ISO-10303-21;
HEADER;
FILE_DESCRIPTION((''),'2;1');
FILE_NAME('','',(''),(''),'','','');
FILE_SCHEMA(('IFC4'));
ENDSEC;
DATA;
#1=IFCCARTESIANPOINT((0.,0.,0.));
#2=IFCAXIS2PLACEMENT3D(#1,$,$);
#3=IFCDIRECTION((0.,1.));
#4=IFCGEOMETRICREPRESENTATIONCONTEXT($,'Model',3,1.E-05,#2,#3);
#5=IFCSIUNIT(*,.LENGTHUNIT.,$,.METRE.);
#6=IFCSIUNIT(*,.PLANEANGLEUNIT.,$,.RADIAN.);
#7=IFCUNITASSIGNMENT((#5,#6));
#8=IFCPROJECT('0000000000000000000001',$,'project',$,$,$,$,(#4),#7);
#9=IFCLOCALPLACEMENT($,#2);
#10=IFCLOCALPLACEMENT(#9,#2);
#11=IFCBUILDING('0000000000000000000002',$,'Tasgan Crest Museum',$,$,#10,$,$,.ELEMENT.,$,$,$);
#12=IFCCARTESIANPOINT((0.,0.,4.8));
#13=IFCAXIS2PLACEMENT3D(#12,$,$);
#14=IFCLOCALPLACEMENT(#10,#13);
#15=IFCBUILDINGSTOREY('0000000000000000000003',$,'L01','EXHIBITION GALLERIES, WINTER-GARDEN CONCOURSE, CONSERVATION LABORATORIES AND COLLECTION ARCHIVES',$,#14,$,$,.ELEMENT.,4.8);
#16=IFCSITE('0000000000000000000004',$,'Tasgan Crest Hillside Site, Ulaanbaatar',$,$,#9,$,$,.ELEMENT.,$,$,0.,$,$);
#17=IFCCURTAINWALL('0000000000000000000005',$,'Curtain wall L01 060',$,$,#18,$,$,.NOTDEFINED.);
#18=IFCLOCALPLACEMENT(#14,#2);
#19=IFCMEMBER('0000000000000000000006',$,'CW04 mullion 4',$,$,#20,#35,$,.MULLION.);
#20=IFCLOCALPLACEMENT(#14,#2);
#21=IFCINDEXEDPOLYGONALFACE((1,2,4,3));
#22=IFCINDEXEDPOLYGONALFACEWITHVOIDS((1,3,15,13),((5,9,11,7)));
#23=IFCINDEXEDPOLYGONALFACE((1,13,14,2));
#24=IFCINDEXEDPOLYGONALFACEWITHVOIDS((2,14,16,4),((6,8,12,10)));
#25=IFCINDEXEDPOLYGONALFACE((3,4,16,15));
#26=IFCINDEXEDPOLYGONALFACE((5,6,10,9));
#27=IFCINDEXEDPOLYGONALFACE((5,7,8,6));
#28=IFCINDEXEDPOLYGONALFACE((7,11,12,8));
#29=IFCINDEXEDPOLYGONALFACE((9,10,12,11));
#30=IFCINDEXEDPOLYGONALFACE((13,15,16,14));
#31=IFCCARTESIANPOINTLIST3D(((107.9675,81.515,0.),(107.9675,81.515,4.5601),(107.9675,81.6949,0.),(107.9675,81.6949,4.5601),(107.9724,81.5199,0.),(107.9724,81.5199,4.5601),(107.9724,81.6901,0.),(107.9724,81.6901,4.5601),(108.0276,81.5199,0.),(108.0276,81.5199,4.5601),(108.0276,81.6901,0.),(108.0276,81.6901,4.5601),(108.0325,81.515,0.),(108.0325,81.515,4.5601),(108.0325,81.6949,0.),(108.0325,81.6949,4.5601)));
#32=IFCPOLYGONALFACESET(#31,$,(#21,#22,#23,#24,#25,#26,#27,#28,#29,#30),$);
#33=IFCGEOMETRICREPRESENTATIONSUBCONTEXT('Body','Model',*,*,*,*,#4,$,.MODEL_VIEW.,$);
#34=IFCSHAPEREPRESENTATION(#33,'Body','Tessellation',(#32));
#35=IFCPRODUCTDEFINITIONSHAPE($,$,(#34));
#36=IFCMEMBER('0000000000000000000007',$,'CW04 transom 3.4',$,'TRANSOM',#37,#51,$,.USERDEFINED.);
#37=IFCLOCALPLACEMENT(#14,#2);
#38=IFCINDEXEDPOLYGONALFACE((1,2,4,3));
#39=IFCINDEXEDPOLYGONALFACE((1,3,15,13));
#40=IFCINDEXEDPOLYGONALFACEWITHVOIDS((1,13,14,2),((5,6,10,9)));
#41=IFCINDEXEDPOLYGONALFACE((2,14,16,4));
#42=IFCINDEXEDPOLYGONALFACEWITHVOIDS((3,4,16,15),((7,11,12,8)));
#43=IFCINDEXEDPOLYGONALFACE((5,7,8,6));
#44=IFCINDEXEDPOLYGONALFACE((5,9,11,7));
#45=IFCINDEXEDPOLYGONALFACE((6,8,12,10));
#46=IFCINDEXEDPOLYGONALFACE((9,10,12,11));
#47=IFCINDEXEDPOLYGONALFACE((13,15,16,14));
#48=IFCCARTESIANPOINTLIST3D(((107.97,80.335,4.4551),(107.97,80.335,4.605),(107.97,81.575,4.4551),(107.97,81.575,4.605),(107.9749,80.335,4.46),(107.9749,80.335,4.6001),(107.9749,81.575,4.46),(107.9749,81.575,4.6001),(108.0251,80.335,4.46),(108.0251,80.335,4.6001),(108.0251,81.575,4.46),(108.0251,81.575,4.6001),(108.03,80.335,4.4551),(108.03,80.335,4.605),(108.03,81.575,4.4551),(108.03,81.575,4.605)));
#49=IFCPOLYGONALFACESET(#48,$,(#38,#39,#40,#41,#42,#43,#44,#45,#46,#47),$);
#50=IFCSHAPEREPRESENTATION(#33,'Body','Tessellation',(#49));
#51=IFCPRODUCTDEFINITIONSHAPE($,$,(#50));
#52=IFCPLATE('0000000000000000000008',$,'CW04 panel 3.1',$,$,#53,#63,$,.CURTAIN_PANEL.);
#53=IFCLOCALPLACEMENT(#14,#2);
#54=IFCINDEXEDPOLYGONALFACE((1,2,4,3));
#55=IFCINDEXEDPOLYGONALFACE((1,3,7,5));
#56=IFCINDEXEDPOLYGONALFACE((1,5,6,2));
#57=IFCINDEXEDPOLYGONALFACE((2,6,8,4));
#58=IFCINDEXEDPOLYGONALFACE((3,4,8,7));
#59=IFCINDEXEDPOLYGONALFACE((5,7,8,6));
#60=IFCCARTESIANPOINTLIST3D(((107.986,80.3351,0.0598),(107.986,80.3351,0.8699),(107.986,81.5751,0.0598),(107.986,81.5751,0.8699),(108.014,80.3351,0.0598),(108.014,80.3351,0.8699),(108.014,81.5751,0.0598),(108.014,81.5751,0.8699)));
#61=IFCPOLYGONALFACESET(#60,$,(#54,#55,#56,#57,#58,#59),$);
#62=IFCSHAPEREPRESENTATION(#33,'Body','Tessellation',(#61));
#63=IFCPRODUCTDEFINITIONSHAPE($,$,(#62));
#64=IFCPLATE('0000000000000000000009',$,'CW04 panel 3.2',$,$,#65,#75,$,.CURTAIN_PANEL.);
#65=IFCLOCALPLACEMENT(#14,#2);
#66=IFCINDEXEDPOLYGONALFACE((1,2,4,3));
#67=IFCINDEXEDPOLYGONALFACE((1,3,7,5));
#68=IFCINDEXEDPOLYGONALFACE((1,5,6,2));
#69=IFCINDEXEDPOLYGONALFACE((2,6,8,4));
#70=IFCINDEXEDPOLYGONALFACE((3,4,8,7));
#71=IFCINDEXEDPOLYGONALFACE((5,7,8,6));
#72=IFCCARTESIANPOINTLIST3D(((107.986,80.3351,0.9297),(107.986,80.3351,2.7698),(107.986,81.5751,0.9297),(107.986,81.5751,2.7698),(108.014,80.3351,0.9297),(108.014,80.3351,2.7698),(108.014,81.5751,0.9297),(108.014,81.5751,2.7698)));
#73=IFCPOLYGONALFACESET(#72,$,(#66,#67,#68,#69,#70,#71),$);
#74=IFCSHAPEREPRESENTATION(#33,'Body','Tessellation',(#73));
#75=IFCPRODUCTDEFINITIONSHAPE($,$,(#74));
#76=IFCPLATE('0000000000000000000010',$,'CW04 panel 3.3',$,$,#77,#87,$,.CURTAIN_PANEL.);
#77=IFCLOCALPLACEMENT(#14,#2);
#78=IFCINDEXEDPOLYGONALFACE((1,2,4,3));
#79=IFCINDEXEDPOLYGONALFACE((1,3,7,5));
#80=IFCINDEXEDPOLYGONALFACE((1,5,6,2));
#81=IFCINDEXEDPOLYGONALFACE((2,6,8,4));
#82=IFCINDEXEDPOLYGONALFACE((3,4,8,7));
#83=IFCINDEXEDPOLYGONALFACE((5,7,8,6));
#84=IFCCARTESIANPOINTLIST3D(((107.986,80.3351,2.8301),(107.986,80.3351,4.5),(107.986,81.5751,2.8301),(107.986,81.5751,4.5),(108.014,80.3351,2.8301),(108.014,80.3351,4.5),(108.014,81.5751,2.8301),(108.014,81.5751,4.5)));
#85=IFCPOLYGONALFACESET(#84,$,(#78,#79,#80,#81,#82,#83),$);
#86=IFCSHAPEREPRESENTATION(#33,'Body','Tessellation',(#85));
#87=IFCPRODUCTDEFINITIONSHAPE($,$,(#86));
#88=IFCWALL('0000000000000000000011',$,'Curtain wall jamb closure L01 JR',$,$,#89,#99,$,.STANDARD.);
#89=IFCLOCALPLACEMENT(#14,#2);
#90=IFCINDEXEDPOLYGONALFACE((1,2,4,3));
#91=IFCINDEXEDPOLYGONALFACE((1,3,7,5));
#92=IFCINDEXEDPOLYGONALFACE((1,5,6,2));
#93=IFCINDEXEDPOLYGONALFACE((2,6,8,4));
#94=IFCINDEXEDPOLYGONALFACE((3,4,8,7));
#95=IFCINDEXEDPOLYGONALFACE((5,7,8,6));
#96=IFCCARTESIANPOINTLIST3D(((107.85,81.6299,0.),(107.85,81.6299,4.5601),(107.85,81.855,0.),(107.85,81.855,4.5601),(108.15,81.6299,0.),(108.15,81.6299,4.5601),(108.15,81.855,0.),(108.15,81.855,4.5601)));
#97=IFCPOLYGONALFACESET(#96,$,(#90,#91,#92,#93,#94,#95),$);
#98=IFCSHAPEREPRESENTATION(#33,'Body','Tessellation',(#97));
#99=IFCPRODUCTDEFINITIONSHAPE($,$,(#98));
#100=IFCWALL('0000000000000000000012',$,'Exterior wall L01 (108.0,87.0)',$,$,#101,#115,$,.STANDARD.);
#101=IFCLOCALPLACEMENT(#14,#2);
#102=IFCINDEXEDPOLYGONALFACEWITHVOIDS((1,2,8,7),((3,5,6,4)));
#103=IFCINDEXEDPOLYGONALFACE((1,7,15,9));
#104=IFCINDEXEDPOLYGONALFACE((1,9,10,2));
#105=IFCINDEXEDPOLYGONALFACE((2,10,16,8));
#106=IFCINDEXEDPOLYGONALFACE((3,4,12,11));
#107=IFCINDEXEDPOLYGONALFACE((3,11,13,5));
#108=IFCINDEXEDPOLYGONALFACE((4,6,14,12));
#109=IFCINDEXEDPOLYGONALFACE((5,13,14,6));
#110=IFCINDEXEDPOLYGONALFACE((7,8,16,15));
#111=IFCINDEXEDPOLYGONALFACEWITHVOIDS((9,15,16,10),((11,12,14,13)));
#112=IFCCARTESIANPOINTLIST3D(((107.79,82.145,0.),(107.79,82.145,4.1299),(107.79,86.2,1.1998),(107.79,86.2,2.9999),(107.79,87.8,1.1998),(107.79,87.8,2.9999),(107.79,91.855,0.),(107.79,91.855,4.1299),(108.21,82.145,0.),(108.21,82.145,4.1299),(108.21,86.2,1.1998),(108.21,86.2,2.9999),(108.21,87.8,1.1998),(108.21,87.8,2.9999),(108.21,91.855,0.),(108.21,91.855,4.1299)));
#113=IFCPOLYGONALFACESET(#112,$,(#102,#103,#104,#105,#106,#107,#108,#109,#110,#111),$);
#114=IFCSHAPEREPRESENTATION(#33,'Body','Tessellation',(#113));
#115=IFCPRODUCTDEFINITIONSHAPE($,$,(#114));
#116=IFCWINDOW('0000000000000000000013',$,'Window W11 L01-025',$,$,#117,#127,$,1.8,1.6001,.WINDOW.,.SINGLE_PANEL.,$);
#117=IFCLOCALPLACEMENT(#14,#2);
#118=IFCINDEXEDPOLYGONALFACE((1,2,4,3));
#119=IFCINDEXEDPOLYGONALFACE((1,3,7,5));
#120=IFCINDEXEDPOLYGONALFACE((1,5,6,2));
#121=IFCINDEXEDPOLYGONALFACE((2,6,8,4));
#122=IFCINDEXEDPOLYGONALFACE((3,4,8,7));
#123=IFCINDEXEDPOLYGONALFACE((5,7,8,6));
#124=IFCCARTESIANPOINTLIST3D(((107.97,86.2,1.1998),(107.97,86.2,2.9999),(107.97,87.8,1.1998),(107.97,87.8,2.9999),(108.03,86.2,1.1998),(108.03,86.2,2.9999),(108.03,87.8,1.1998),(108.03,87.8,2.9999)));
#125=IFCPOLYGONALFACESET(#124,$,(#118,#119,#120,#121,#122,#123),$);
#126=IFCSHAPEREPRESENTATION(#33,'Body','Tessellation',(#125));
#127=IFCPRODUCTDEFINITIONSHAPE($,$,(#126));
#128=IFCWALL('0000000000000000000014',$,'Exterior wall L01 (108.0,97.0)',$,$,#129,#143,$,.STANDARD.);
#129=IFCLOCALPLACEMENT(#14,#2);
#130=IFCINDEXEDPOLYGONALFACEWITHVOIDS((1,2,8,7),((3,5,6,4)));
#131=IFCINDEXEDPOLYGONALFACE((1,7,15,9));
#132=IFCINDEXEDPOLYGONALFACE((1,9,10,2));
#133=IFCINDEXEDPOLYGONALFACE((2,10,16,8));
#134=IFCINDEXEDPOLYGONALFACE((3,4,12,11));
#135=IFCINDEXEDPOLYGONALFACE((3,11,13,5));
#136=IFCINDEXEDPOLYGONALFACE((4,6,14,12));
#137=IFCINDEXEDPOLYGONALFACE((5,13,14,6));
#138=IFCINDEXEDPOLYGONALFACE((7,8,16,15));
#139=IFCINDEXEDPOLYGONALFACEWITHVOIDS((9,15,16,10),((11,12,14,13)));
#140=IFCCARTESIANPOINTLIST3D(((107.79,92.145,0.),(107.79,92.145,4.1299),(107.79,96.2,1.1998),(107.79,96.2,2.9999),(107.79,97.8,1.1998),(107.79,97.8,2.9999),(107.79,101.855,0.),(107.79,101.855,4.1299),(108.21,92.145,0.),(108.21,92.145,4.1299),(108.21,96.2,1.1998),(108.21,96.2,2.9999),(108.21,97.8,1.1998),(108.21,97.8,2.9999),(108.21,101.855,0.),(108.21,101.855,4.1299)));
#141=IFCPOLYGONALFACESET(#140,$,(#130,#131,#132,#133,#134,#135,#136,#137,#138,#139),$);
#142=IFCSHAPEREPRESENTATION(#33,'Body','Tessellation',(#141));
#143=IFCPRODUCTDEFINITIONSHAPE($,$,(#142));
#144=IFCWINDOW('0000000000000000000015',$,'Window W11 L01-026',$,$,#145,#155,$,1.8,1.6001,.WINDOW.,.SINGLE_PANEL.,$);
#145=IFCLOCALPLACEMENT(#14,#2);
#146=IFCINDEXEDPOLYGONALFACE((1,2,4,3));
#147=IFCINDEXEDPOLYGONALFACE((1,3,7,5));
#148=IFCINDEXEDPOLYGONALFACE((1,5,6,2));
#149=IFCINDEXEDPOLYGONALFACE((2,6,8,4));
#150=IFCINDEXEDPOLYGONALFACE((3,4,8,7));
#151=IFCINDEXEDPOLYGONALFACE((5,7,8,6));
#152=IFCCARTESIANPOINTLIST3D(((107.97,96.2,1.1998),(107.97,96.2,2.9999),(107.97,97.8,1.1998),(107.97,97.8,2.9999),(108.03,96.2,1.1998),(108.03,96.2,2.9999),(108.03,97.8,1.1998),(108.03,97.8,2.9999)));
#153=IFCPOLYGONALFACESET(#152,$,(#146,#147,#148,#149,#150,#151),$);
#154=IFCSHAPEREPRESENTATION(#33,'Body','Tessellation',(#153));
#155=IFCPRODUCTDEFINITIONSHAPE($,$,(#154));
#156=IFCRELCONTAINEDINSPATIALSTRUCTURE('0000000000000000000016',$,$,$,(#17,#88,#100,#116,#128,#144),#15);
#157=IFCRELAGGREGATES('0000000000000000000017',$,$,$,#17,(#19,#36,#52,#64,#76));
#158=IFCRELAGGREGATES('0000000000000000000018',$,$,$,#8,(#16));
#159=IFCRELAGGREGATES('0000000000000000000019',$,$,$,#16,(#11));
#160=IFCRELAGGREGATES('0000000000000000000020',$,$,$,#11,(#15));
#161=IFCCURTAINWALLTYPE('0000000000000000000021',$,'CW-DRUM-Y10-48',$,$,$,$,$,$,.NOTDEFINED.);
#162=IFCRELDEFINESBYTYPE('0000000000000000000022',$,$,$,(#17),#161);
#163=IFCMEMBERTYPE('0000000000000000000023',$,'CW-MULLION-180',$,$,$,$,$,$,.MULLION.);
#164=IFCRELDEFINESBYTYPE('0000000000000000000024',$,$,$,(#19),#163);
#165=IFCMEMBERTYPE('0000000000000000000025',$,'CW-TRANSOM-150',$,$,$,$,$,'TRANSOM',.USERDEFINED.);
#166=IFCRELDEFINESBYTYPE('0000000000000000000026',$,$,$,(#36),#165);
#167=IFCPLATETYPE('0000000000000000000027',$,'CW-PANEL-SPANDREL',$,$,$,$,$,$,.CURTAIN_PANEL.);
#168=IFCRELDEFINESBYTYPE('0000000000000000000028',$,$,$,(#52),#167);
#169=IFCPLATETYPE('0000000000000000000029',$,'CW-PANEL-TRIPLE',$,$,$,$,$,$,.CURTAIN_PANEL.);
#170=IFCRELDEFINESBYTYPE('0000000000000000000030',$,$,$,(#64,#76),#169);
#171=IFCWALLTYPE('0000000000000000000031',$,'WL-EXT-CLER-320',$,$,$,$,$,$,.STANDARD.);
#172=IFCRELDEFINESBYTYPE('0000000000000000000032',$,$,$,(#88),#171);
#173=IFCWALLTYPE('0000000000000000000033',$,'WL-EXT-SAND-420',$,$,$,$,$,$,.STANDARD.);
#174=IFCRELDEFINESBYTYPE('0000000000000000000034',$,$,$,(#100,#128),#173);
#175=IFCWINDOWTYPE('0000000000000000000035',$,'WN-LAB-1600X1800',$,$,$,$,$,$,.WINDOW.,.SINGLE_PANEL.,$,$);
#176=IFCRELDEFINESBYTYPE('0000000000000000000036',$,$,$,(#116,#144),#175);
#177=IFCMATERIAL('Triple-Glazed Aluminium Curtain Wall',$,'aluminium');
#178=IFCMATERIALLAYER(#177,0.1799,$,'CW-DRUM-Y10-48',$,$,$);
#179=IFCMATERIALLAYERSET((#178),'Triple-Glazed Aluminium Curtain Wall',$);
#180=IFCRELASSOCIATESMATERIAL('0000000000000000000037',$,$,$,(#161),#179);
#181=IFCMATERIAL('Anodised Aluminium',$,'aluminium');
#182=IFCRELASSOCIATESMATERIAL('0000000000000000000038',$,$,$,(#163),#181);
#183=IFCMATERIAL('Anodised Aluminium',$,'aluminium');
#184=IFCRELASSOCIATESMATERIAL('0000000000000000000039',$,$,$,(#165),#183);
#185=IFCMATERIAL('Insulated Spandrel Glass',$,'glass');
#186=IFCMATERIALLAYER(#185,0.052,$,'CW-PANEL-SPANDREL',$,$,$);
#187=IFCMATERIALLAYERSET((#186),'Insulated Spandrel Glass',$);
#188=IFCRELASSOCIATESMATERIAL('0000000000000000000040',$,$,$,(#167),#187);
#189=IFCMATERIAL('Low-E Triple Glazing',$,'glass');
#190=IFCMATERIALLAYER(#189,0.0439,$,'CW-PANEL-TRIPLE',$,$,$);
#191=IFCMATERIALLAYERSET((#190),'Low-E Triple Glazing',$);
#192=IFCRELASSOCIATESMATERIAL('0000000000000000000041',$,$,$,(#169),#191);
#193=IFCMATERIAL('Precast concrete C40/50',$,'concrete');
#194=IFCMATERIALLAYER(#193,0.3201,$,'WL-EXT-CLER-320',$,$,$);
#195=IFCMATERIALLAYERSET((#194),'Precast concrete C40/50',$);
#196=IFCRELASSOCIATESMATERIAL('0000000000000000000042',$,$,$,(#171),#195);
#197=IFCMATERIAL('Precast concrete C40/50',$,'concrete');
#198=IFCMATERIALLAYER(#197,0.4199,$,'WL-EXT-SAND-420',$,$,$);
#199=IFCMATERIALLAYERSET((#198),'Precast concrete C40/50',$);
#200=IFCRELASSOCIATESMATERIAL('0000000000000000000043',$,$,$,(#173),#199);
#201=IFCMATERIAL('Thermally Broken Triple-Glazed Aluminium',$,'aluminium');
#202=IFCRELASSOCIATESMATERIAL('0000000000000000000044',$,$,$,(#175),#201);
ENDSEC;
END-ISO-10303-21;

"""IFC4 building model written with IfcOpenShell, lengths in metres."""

from ifc_helpers import new_model, si_unit, direction, frame, frame_2d, origin, origin_2d, place, context, subcontext, project, spatial, rectangle, hollow_rectangle, extrude, material, layer, layer_set, material_profile, profile_set, type_object, element, fill, aggregate, save


model = new_model("IFC4")

# Units and contexts
model_context = context("Model", 3, precision=1e-05, world=origin(), true_north=direction((0.0, 1.0)))
body_context = subcontext(model_context, "Body", "Model", "MODEL_VIEW")
ifc_project = project(units=[si_unit("LENGTHUNIT", "METRE"), si_unit("PLANEANGLEUNIT", "RADIAN")], contexts=[model_context])

# Site, building, storey
site_placement = place(None, origin())
site = spatial("IfcSite", under=ifc_project, at=site_placement, Name="Tasgan Crest Hillside Site, Ulaanbaatar", CompositionType="ELEMENT", RefElevation=0.0)
building_placement = place(site_placement, origin())
building = spatial("IfcBuilding", under=site, at=building_placement, Name="Tasgan Crest Museum", CompositionType="ELEMENT")
storey_placement = place(building_placement, frame((0.0, 0.0, 4.8)))
storey = spatial("IfcBuildingStorey", under=building, at=storey_placement, Name="L01", Description="EXHIBITION GALLERIES, WINTER-GARDEN CONCOURSE, CONSERVATION LABORATORIES AND COLLECTION ARCHIVES", CompositionType="ELEMENT", Elevation=4.8)

# Curtain wall, members, plates
ifc_material_1 = material(Name="Triple-Glazed Aluminium Curtain Wall", Category="aluminium")
ifc_layer_1 = layer(ifc_material_1, 0.1799, Name="CW-DRUM-Y10-48")
ifc_layer_set_1 = layer_set([ifc_layer_1], Name="Triple-Glazed Aluminium Curtain Wall")
curtain_wall_type = type_object("IfcCurtainWallType", Name="CW-DRUM-Y10-48", PredefinedType="NOTDEFINED", material=ifc_layer_set_1)
curtain_wall_placement = place(storey_placement, origin())
curtain_wall = element("IfcCurtainWall", 1, at=curtain_wall_placement, inside=storey, type_object=curtain_wall_type, Name="Curtain wall L01 060", PredefinedType="NOTDEFINED")
ifc_material_2 = material(Name="Anodised Aluminium", Category="aluminium")
ifc_material_profile_1 = material_profile(ifc_material_2, hollow_rectangle(XDim=0.0649, YDim=0.1799, WallThickness=0.0049, at=origin_2d()), Name="ALU MULLION 180x65x5")
ifc_profile_set_1 = profile_set([ifc_material_profile_1], Name="Anodised Aluminium")
member_type_1 = type_object("IfcMemberType", Name="CW-MULLION-180", PredefinedType="MULLION", material=ifc_profile_set_1)
member_1_placement = place(storey_placement, frame((108.0, 81.605, 0.0), z_axis=(0.0, 0.0, 1.0), x_axis=(-1.0, 0.0, 0.0)))
member_1 = element("IfcMember", 2, at=member_1_placement, type_object=member_type_1, Name="CW04 mullion 4", PredefinedType="MULLION", context=body_context, shape_type="SweptSolid", body=[
    extrude(hollow_rectangle(XDim=0.0649, YDim=0.1799, WallThickness=0.0049, at=origin_2d()), origin(), (0.0, 0.0, 1.0), 4.5601),
])
ifc_material_3 = material(Name="Anodised Aluminium", Category="aluminium")
ifc_material_profile_2 = material_profile(ifc_material_3, hollow_rectangle(XDim=0.0601, YDim=0.1499, WallThickness=0.0049, at=origin_2d()), Name="ALU TRANSOM 150x60x5")
ifc_profile_set_2 = profile_set([ifc_material_profile_2], Name="Anodised Aluminium")
member_type_2 = type_object("IfcMemberType", Name="CW-TRANSOM-150", ElementType="TRANSOM", PredefinedType="USERDEFINED", material=ifc_profile_set_2)
member_2_placement = place(storey_placement, frame((108.0, 80.335, 4.53), z_axis=(0.0, 1.0, 0.0), x_axis=(-1.0, 0.0, 0.0)))
member_2 = element("IfcMember", 3, at=member_2_placement, type_object=member_type_2, Name="CW04 transom 3.4", ObjectType="TRANSOM", PredefinedType="USERDEFINED", context=body_context, shape_type="SweptSolid", body=[
    extrude(hollow_rectangle(XDim=0.0601, YDim=0.1499, WallThickness=0.0049, at=origin_2d()), origin(), (0.0, 0.0, 1.0), 1.24),
])
ifc_material_4 = material(Name="Insulated Spandrel Glass", Category="glass")
ifc_layer_2 = layer(ifc_material_4, 0.052, Name="CW-PANEL-SPANDREL")
ifc_layer_set_2 = layer_set([ifc_layer_2], Name="Insulated Spandrel Glass")
plate_type_1 = type_object("IfcPlateType", Name="CW-PANEL-SPANDREL", PredefinedType="CURTAIN_PANEL", material=ifc_layer_set_2)
plate_1_placement = place(storey_placement, frame((108.0, 80.9551, 0.0598), z_axis=(0.0, 0.0, 1.0), x_axis=(0.0, 1.0, 0.0)))
plate_1 = element("IfcPlate", 4, at=plate_1_placement, type_object=plate_type_1, Name="CW04 panel 3.1", PredefinedType="CURTAIN_PANEL", context=body_context, shape_type="SweptSolid", body=[
    extrude(rectangle(XDim=1.24, YDim=0.0281, at=origin_2d()), origin(), (0.0, 0.0, 1.0), 0.8101),
])
ifc_material_5 = material(Name="Low-E Triple Glazing", Category="glass")
ifc_layer_3 = layer(ifc_material_5, 0.0439, Name="CW-PANEL-TRIPLE")
ifc_layer_set_3 = layer_set([ifc_layer_3], Name="Low-E Triple Glazing")
plate_type_2 = type_object("IfcPlateType", Name="CW-PANEL-TRIPLE", PredefinedType="CURTAIN_PANEL", material=ifc_layer_set_3)
plate_2_placement = place(storey_placement, frame((108.0, 80.9551, 0.9297), z_axis=(0.0, 0.0, 1.0), x_axis=(0.0, 1.0, 0.0)))
plate_2 = element("IfcPlate", 5, at=plate_2_placement, type_object=plate_type_2, Name="CW04 panel 3.2", PredefinedType="CURTAIN_PANEL", context=body_context, shape_type="SweptSolid", body=[
    extrude(rectangle(XDim=1.24, YDim=0.0281, at=origin_2d()), origin(), (0.0, 0.0, 1.0), 1.8401),
])
plate_3_placement = place(storey_placement, frame((108.0, 80.9551, 2.8301), z_axis=(0.0, 0.0, 1.0), x_axis=(0.0, 1.0, 0.0)))
plate_3 = element("IfcPlate", 6, at=plate_3_placement, type_object=plate_type_2, Name="CW04 panel 3.3", PredefinedType="CURTAIN_PANEL", context=body_context, shape_type="SweptSolid", body=[
    extrude(rectangle(XDim=1.24, YDim=0.0281, at=origin_2d()), origin(), (0.0, 0.0, 1.0), 1.6699),
])
aggregate(curtain_wall, [member_1, member_2, plate_1, plate_2, plate_3])

# Wall
ifc_material_6 = material(Name="Precast concrete C40/50", Category="concrete")
ifc_layer_4 = layer(ifc_material_6, 0.3201, Name="WL-EXT-CLER-320")
ifc_layer_set_4 = layer_set([ifc_layer_4], Name="Precast concrete C40/50")
wall_type_1 = type_object("IfcWallType", Name="WL-EXT-CLER-320", PredefinedType="STANDARD", material=ifc_layer_set_4)
wall_1_placement = place(storey_placement, frame((108.0, 81.6299, 0.0), z_axis=(0.0, 0.0, 1.0), x_axis=(0.0, 1.0, 0.0)))
element("IfcWall", 7, at=wall_1_placement, inside=storey, type_object=wall_type_1, Name="Curtain wall jamb closure L01 JR", PredefinedType="STANDARD", context=body_context, shape_type="SweptSolid", body=[
    extrude(rectangle(XDim=0.2251, YDim=0.3, at=frame_2d((0.1125, 0.0))), origin(), (0.0, 0.0, 1.0), 4.5601),
])

# Walls, openings, windows
ifc_material_7 = material(Name="Precast concrete C40/50", Category="concrete")
ifc_layer_5 = layer(ifc_material_7, 0.4199, Name="WL-EXT-SAND-420")
ifc_layer_set_5 = layer_set([ifc_layer_5], Name="Precast concrete C40/50")
wall_type_2 = type_object("IfcWallType", Name="WL-EXT-SAND-420", PredefinedType="STANDARD", material=ifc_layer_set_5)
wall_2_placement = place(storey_placement, frame((108.0, 82.145, 0.0), z_axis=(0.0, 0.0, 1.0), x_axis=(0.0, 1.0, 0.0)))
wall_2 = element("IfcWall", 8, at=wall_2_placement, inside=storey, type_object=wall_type_2, Name="Exterior wall L01 (108.0,87.0)", PredefinedType="STANDARD", context=body_context, shape_type="SweptSolid", body=[
    extrude(rectangle(XDim=9.71, YDim=0.4199, at=frame_2d((4.855, 0.0))), origin(), (0.0, 0.0, 1.0), 4.1299),
])
opening_1_placement = place(wall_2_placement, frame((4.0549, 0.0, 1.2)))
opening_1 = element("IfcOpeningElement", 9, at=opening_1_placement, cuts=wall_2, PredefinedType="OPENING", context=body_context, shape_type="SweptSolid", body=[
    extrude(rectangle(XDim=1.6001, YDim=1.8, at=frame_2d((0.8, 0.8999))), frame((0.0, 0.22, 0.0), z_axis=(0.0, -1.0, 0.0), x_axis=(1.0, 0.0, 0.0)), (0.0, 0.0, 1.0), 0.4399),
])
ifc_material_8 = material(Name="Thermally Broken Triple-Glazed Aluminium", Category="aluminium")
window_type = type_object("IfcWindowType", Name="WN-LAB-1600X1800", PartitioningType="SINGLE_PANEL", PredefinedType="WINDOW", material=ifc_material_8)
window_1_placement = place(opening_1_placement, origin())
window_1 = element("IfcWindow", 10, at=window_1_placement, inside=storey, type_object=window_type, Name="Window W11 L01-025", OverallHeight=1.8, OverallWidth=1.6001, PartitioningType="SINGLE_PANEL", PredefinedType="WINDOW", context=body_context, shape_type="SweptSolid", body=[
    extrude(rectangle(XDim=1.6001, YDim=1.8, at=frame_2d((0.8, 0.8999))), frame((0.0, 0.03, 0.0), z_axis=(0.0, -1.0, 0.0), x_axis=(1.0, 0.0, 0.0)), (0.0, 0.0, 1.0), 0.0601),
])
fill(opening_1, window_1)
wall_3_placement = place(storey_placement, frame((108.0, 92.145, 0.0), z_axis=(0.0, 0.0, 1.0), x_axis=(0.0, 1.0, 0.0)))
wall_3 = element("IfcWall", 11, at=wall_3_placement, inside=storey, type_object=wall_type_2, Name="Exterior wall L01 (108.0,97.0)", PredefinedType="STANDARD", context=body_context, shape_type="SweptSolid", body=[
    extrude(rectangle(XDim=9.71, YDim=0.4199, at=frame_2d((4.855, 0.0))), origin(), (0.0, 0.0, 1.0), 4.1299),
])
opening_2_placement = place(wall_3_placement, frame((4.0549, 0.0, 1.2)))
opening_2 = element("IfcOpeningElement", 12, at=opening_2_placement, cuts=wall_3, PredefinedType="OPENING", context=body_context, shape_type="SweptSolid", body=[
    extrude(rectangle(XDim=1.6001, YDim=1.8, at=frame_2d((0.8, 0.8999))), frame((0.0, 0.22, 0.0), z_axis=(0.0, -1.0, 0.0), x_axis=(1.0, 0.0, 0.0)), (0.0, 0.0, 1.0), 0.4399),
])
window_2_placement = place(opening_2_placement, origin())
window_2 = element("IfcWindow", 13, at=window_2_placement, inside=storey, type_object=window_type, Name="Window W11 L01-026", OverallHeight=1.8, OverallWidth=1.6001, PartitioningType="SINGLE_PANEL", PredefinedType="WINDOW", context=body_context, shape_type="SweptSolid", body=[
    extrude(rectangle(XDim=1.6001, YDim=1.8, at=frame_2d((0.8, 0.8999))), frame((0.0, 0.03, 0.0), z_axis=(0.0, -1.0, 0.0), x_axis=(1.0, 0.0, 0.0)), (0.0, 0.0, 1.0), 0.0601),
])
fill(opening_2, window_2)

save(model, "model.ifc")
